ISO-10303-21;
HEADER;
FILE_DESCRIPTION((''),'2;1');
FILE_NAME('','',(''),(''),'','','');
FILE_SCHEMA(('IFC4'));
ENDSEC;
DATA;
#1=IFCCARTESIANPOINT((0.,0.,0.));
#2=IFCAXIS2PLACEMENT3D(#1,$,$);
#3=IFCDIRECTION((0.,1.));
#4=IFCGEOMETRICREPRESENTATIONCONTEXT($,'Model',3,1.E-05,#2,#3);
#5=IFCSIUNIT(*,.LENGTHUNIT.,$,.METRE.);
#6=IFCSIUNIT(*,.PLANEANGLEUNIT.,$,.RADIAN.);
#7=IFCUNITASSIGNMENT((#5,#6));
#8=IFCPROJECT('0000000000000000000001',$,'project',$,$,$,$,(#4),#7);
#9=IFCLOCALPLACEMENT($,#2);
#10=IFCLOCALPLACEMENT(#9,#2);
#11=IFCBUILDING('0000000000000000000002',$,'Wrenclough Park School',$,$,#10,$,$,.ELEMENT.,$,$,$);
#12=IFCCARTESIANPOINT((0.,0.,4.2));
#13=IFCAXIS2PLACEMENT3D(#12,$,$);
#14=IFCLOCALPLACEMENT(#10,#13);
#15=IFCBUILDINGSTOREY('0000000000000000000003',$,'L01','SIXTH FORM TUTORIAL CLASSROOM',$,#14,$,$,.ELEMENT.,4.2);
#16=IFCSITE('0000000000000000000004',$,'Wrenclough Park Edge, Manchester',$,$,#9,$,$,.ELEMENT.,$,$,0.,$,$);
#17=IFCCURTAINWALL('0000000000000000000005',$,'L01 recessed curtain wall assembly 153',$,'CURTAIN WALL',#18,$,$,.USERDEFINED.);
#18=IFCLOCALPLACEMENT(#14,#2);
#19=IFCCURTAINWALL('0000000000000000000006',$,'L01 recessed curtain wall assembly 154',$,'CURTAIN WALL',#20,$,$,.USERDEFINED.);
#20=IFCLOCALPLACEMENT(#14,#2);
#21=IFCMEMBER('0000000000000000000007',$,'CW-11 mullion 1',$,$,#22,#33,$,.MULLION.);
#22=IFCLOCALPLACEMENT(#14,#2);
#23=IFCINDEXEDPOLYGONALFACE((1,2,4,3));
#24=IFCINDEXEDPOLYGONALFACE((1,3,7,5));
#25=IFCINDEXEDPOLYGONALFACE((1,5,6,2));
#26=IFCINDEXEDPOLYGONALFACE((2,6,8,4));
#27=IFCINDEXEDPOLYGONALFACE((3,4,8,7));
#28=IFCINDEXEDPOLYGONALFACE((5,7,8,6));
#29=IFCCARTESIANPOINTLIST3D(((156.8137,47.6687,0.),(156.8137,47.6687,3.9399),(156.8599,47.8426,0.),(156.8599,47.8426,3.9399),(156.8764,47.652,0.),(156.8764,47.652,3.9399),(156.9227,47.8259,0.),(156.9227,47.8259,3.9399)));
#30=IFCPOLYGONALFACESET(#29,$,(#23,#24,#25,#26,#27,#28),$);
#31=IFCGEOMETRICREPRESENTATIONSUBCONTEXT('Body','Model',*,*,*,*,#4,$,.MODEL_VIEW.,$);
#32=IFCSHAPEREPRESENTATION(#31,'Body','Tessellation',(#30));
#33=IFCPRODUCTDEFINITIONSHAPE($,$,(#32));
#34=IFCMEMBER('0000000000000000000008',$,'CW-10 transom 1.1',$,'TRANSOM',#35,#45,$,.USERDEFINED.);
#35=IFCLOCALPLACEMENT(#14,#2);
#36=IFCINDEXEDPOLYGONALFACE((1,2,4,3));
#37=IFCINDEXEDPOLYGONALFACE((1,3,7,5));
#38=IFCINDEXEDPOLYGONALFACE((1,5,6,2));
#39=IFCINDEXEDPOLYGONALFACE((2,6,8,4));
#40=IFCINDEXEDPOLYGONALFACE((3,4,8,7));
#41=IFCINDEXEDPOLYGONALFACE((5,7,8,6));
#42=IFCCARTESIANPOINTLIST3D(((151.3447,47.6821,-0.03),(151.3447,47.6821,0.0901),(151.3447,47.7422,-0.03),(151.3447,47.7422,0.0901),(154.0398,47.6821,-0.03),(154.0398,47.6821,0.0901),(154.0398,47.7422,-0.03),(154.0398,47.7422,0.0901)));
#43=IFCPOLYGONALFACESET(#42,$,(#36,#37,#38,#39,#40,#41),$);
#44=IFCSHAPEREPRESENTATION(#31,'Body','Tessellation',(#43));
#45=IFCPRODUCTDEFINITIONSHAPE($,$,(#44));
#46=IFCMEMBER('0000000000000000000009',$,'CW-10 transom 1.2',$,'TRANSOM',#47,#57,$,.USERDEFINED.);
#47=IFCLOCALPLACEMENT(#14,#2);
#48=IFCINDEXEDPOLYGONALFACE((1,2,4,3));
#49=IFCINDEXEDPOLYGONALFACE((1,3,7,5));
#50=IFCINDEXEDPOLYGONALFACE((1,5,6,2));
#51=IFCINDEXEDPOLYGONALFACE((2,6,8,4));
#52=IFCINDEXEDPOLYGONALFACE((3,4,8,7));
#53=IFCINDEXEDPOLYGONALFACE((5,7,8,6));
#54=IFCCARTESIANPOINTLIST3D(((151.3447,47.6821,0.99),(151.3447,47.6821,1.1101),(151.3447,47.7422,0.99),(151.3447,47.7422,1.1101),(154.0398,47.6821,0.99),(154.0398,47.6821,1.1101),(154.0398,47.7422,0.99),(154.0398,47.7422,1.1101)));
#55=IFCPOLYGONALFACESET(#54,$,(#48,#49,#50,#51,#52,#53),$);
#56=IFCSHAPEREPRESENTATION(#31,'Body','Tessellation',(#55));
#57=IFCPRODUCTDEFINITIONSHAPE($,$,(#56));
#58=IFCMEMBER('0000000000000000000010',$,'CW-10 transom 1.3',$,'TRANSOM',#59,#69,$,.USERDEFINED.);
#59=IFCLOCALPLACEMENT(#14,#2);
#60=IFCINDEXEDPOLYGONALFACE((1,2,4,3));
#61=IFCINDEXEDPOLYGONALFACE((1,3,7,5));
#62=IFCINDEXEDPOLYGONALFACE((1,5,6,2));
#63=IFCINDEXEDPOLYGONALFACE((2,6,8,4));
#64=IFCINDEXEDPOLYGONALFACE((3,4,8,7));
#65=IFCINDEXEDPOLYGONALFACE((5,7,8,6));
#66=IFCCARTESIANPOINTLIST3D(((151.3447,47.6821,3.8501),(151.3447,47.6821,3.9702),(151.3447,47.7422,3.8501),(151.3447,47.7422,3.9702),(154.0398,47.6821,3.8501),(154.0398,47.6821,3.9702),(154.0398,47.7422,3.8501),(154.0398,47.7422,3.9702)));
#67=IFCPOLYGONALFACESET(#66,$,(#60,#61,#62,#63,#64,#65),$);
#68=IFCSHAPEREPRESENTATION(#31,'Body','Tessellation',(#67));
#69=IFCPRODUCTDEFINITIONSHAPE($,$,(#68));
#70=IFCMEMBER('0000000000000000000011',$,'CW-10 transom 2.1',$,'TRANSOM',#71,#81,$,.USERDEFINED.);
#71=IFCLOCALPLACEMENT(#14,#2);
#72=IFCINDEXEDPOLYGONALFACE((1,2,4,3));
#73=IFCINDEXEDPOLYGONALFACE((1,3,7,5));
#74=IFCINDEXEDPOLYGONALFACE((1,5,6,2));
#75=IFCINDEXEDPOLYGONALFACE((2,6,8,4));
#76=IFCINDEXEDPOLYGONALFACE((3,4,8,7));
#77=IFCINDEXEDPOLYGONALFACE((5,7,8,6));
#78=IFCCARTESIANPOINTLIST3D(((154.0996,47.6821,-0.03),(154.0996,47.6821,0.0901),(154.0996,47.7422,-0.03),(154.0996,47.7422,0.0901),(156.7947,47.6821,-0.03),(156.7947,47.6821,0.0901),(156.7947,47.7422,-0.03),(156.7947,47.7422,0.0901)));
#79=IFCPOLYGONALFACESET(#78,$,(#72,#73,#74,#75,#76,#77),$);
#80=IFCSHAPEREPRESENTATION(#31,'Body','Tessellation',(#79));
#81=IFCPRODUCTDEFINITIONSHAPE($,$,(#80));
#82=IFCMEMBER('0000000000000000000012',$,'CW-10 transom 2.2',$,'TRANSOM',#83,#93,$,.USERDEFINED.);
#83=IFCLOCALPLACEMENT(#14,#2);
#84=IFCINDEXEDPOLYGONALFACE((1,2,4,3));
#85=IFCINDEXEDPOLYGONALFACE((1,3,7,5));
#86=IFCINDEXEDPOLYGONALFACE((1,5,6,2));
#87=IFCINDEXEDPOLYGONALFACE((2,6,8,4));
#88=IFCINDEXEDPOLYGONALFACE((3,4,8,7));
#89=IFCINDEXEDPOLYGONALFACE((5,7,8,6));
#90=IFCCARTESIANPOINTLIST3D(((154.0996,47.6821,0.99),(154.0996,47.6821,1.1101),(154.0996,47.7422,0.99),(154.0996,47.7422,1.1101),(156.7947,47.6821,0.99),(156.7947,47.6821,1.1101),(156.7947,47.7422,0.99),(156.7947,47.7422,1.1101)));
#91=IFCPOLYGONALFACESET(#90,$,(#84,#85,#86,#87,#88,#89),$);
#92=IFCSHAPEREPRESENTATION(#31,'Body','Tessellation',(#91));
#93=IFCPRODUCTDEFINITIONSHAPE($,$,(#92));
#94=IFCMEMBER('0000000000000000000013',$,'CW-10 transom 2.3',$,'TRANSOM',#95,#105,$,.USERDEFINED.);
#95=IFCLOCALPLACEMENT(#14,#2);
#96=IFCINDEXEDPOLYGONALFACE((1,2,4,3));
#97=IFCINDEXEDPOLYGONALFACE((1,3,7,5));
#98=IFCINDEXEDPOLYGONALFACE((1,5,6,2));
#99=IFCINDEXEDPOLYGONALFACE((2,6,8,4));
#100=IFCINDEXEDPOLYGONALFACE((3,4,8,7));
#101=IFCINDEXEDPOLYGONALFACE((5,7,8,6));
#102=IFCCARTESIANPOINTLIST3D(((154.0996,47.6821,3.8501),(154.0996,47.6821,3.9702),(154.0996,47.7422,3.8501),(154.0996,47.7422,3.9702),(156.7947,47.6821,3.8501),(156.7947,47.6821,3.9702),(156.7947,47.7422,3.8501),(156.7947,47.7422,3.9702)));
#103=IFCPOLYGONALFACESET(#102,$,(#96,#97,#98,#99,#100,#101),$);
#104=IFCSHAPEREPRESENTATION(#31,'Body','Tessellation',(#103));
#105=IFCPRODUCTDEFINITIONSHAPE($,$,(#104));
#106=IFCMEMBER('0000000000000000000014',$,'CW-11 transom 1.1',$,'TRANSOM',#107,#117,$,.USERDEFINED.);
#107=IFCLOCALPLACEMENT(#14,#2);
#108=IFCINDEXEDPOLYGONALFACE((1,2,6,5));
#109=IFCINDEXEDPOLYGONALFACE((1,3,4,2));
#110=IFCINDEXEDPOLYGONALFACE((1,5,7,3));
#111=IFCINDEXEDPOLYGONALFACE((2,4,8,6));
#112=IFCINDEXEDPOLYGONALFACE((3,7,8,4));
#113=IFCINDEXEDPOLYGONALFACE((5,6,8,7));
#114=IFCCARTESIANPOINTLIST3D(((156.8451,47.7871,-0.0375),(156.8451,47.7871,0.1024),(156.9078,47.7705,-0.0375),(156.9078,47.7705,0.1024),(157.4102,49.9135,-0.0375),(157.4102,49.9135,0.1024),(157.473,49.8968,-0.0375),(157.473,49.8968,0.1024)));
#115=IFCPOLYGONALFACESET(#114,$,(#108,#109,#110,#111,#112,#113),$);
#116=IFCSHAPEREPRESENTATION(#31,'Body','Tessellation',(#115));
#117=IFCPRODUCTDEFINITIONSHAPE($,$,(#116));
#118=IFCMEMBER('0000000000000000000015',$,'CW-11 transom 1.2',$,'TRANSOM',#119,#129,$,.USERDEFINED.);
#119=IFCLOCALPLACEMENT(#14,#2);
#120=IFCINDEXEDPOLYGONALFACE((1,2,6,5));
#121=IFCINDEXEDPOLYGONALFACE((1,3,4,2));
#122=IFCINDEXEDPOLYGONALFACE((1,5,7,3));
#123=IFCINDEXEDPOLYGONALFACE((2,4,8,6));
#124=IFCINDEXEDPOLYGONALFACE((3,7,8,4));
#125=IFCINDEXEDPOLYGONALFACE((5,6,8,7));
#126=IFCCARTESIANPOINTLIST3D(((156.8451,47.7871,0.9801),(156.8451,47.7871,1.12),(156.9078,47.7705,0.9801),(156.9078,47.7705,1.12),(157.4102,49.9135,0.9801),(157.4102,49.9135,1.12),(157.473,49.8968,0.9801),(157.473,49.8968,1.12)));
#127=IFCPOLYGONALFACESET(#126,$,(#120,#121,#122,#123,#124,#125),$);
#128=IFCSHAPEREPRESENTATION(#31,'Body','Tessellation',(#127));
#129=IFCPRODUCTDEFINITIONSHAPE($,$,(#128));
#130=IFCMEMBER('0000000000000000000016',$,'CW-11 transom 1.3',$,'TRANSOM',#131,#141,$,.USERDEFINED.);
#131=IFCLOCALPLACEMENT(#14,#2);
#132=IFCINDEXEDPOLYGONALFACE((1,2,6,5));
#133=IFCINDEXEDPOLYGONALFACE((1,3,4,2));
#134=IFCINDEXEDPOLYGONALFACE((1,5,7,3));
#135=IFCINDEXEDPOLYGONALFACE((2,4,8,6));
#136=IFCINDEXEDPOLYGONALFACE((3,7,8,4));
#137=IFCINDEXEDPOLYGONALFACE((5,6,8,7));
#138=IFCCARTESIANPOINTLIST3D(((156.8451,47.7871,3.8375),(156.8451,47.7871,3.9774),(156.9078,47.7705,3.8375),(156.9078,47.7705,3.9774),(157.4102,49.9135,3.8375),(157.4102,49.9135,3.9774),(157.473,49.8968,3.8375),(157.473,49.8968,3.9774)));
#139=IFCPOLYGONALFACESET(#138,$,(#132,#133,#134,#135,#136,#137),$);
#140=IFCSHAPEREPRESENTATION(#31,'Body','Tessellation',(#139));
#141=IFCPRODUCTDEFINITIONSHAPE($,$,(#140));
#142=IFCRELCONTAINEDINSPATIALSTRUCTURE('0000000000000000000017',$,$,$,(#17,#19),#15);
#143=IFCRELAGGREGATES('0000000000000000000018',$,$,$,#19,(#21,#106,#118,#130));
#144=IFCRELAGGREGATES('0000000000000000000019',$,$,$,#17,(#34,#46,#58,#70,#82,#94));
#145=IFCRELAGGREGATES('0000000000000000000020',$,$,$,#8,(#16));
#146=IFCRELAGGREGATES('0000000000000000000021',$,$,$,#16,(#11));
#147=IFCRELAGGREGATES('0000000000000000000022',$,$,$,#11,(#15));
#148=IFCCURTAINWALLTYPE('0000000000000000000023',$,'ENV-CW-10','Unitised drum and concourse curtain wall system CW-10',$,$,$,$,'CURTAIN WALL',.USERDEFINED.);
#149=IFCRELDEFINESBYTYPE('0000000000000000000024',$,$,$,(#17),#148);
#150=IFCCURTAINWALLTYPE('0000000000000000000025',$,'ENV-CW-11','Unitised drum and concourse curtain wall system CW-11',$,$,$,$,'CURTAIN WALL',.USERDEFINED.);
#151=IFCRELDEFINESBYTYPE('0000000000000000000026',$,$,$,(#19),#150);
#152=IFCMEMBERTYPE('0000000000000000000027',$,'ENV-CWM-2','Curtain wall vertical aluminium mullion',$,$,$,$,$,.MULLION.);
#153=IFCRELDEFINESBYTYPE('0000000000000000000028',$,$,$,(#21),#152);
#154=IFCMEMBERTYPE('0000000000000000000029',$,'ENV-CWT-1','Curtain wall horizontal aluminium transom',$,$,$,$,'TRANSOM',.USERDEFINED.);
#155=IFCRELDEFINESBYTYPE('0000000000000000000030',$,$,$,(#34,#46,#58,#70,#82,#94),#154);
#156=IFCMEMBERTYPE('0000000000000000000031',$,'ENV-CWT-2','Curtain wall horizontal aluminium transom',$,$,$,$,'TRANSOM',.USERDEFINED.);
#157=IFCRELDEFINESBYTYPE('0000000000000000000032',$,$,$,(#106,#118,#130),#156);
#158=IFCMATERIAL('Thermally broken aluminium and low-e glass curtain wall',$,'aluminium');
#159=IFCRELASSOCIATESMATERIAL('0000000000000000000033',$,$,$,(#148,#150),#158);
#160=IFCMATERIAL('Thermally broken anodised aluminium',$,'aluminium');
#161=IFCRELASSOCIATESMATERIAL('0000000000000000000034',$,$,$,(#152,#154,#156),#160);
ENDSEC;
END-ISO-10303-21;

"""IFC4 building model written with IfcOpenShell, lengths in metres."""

from ifc_helpers import new_model, si_unit, direction, frame, origin, origin_2d, place, context, subcontext, project, spatial, rectangle, extrude, material, material_profile, profile_set, type_object, element, aggregate, save


model = new_model("IFC4")

# Units and contexts
model_context = context("Model", 3, precision=1e-05, world=origin(), true_north=direction((0.0, 1.0)))
body_context = subcontext(model_context, "Body", "Model", "MODEL_VIEW")
ifc_project = project(units=[si_unit("LENGTHUNIT", "METRE"), si_unit("PLANEANGLEUNIT", "RADIAN")], contexts=[model_context])

# Site, building, storey
site_placement = place(None, origin())
site = spatial("IfcSite", under=ifc_project, at=site_placement, Name="Wrenclough Park Edge, Manchester", CompositionType="ELEMENT", RefElevation=0.0)
building_placement = place(site_placement, origin())
building = spatial("IfcBuilding", under=site, at=building_placement, Name="Wrenclough Park School", CompositionType="ELEMENT")
storey_placement = place(building_placement, frame((0.0, 0.0, 4.2)))
storey = spatial("IfcBuildingStorey", under=building, at=storey_placement, Name="L01", Description="SIXTH FORM TUTORIAL CLASSROOM", CompositionType="ELEMENT", Elevation=4.2)

# Curtain wall
ifc_material_1 = material(Name="Thermally broken aluminium and low-e glass curtain wall", Category="aluminium")
curtain_wall_type_1 = type_object("IfcCurtainWallType", Name="ENV-CW-10", Description="Unitised drum and concourse curtain wall system CW-10", ElementType="CURTAIN WALL", PredefinedType="USERDEFINED", material=ifc_material_1)
curtain_wall_1_placement = place(storey_placement, origin())
curtain_wall_1 = element("IfcCurtainWall", 1, at=curtain_wall_1_placement, inside=storey, type_object=curtain_wall_type_1, Name="L01 recessed curtain wall assembly 153", ObjectType="CURTAIN WALL", PredefinedType="USERDEFINED")
ifc_material_2 = material(Name="Thermally broken anodised aluminium", Category="aluminium")

# Curtain wall, member
curtain_wall_type_2 = type_object("IfcCurtainWallType", Name="ENV-CW-11", Description="Unitised drum and concourse curtain wall system CW-11", ElementType="CURTAIN WALL", PredefinedType="USERDEFINED", material=ifc_material_1)
curtain_wall_2_placement = place(storey_placement, origin())
curtain_wall_2 = element("IfcCurtainWall", 2, at=curtain_wall_2_placement, inside=storey, type_object=curtain_wall_type_2, Name="L01 recessed curtain wall assembly 154", ObjectType="CURTAIN WALL", PredefinedType="USERDEFINED")
ifc_material_profile_1 = material_profile(ifc_material_2, rectangle(XDim=0.0649, YDim=0.1799, at=origin_2d()), Name="AL MULLION 65x180")
ifc_profile_set_1 = profile_set([ifc_material_profile_1], Name="Thermally broken anodised aluminium")
member_type_1 = type_object("IfcMemberType", Name="ENV-CWM-2", Description="Curtain wall vertical aluminium mullion", PredefinedType="MULLION", material=ifc_profile_set_1)
member_1_placement = place(storey_placement, frame((156.8682, 47.7473, 0.0), z_axis=(0.0, 0.0, 1.0), x_axis=(-0.966439, 0.256896, 0.0)))
member_1 = element("IfcMember", 3, at=member_1_placement, type_object=member_type_1, Name="CW-11 mullion 1", PredefinedType="MULLION", context=body_context, shape_type="SweptSolid", body=[
    extrude(rectangle(XDim=0.0649, YDim=0.1799, at=origin_2d()), origin(), (0.0, 0.0, 1.0), 3.9399),
])

# Members
ifc_material_profile_2 = material_profile(ifc_material_2, rectangle(XDim=0.0601, YDim=0.1201, at=origin_2d()), Name="AL TRANSOM 60x120")
ifc_profile_set_2 = profile_set([ifc_material_profile_2], Name="Thermally broken anodised aluminium")
member_type_2 = type_object("IfcMemberType", Name="ENV-CWT-1", Description="Curtain wall horizontal aluminium transom", ElementType="TRANSOM", PredefinedType="USERDEFINED", material=ifc_profile_set_2)
member_2_placement = place(storey_placement, frame((151.3447, 47.7122, 0.03), z_axis=(1.0, 0.0, 0.0), x_axis=(0.0, 1.0, 0.0)))
member_2 = element("IfcMember", 4, at=member_2_placement, type_object=member_type_2, Name="CW-10 transom 1.1", ObjectType="TRANSOM", PredefinedType="USERDEFINED", context=body_context, shape_type="SweptSolid", body=[
    extrude(rectangle(XDim=0.0601, YDim=0.1201, at=origin_2d()), origin(), (0.0, 0.0, 1.0), 2.6951),
])
member_3_placement = place(storey_placement, frame((151.3447, 47.7122, 1.05), z_axis=(1.0, 0.0, 0.0), x_axis=(0.0, 1.0, 0.0)))
member_3 = element("IfcMember", 5, at=member_3_placement, type_object=member_type_2, Name="CW-10 transom 1.2", ObjectType="TRANSOM", PredefinedType="USERDEFINED", context=body_context, shape_type="SweptSolid", body=[
    extrude(rectangle(XDim=0.0601, YDim=0.1201, at=origin_2d()), origin(), (0.0, 0.0, 1.0), 2.6951),
])
member_4_placement = place(storey_placement, frame((151.3447, 47.7122, 3.9102), z_axis=(1.0, 0.0, 0.0), x_axis=(0.0, 1.0, 0.0)))
member_4 = element("IfcMember", 6, at=member_4_placement, type_object=member_type_2, Name="CW-10 transom 1.3", ObjectType="TRANSOM", PredefinedType="USERDEFINED", context=body_context, shape_type="SweptSolid", body=[
    extrude(rectangle(XDim=0.0601, YDim=0.1201, at=origin_2d()), origin(), (0.0, 0.0, 1.0), 2.6951),
])
member_5_placement = place(storey_placement, frame((154.0996, 47.7122, 0.03), z_axis=(1.0, 0.0, 0.0), x_axis=(0.0, 1.0, 0.0)))
member_5 = element("IfcMember", 7, at=member_5_placement, type_object=member_type_2, Name="CW-10 transom 2.1", ObjectType="TRANSOM", PredefinedType="USERDEFINED", context=body_context, shape_type="SweptSolid", body=[
    extrude(rectangle(XDim=0.0601, YDim=0.1201, at=origin_2d()), origin(), (0.0, 0.0, 1.0), 2.6951),
])
member_6_placement = place(storey_placement, frame((154.0996, 47.7122, 1.05), z_axis=(1.0, 0.0, 0.0), x_axis=(0.0, 1.0, 0.0)))
member_6 = element("IfcMember", 8, at=member_6_placement, type_object=member_type_2, Name="CW-10 transom 2.2", ObjectType="TRANSOM", PredefinedType="USERDEFINED", context=body_context, shape_type="SweptSolid", body=[
    extrude(rectangle(XDim=0.0601, YDim=0.1201, at=origin_2d()), origin(), (0.0, 0.0, 1.0), 2.6951),
])
member_7_placement = place(storey_placement, frame((154.0996, 47.7122, 3.9102), z_axis=(1.0, 0.0, 0.0), x_axis=(0.0, 1.0, 0.0)))
member_7 = element("IfcMember", 9, at=member_7_placement, type_object=member_type_2, Name="CW-10 transom 2.3", ObjectType="TRANSOM", PredefinedType="USERDEFINED", context=body_context, shape_type="SweptSolid", body=[
    extrude(rectangle(XDim=0.0601, YDim=0.1201, at=origin_2d()), origin(), (0.0, 0.0, 1.0), 2.6951),
])
ifc_material_profile_3 = material_profile(ifc_material_2, rectangle(XDim=0.0649, YDim=0.1399, at=origin_2d()), Name="AL TRANSOM 65x140")
ifc_profile_set_3 = profile_set([ifc_material_profile_3], Name="Thermally broken anodised aluminium")
member_type_3 = type_object("IfcMemberType", Name="ENV-CWT-2", Description="Curtain wall horizontal aluminium transom", ElementType="TRANSOM", PredefinedType="USERDEFINED", material=ifc_profile_set_3)
member_8_placement = place(storey_placement, frame((156.8765, 47.7788, 0.0325), z_axis=(0.256868, 0.966446, 0.0), x_axis=(-0.966446, 0.256868, 0.0)))
member_8 = element("IfcMember", 10, at=member_8_placement, type_object=member_type_3, Name="CW-11 transom 1.1", ObjectType="TRANSOM", PredefinedType="USERDEFINED", context=body_context, shape_type="SweptSolid", body=[
    extrude(rectangle(XDim=0.0649, YDim=0.1399, at=origin_2d()), origin(), (0.0, 0.0, 1.0), 2.2002),
])
member_9_placement = place(storey_placement, frame((156.8765, 47.7788, 1.05), z_axis=(0.256868, 0.966446, 0.0), x_axis=(-0.966446, 0.256868, 0.0)))
member_9 = element("IfcMember", 11, at=member_9_placement, type_object=member_type_3, Name="CW-11 transom 1.2", ObjectType="TRANSOM", PredefinedType="USERDEFINED", context=body_context, shape_type="SweptSolid", body=[
    extrude(rectangle(XDim=0.0649, YDim=0.1399, at=origin_2d()), origin(), (0.0, 0.0, 1.0), 2.2002),
])
member_10_placement = place(storey_placement, frame((156.8765, 47.7788, 3.9075), z_axis=(0.256868, 0.966446, 0.0), x_axis=(-0.966446, 0.256868, 0.0)))
member_10 = element("IfcMember", 12, at=member_10_placement, type_object=member_type_3, Name="CW-11 transom 1.3", ObjectType="TRANSOM", PredefinedType="USERDEFINED", context=body_context, shape_type="SweptSolid", body=[
    extrude(rectangle(XDim=0.0649, YDim=0.1399, at=origin_2d()), origin(), (0.0, 0.0, 1.0), 2.2002),
])
aggregate(curtain_wall_2, [member_1, member_8, member_9, member_10])

aggregate(curtain_wall_1, [member_2, member_3, member_4, member_5, member_6, member_7])

save(model, "model.ifc")
